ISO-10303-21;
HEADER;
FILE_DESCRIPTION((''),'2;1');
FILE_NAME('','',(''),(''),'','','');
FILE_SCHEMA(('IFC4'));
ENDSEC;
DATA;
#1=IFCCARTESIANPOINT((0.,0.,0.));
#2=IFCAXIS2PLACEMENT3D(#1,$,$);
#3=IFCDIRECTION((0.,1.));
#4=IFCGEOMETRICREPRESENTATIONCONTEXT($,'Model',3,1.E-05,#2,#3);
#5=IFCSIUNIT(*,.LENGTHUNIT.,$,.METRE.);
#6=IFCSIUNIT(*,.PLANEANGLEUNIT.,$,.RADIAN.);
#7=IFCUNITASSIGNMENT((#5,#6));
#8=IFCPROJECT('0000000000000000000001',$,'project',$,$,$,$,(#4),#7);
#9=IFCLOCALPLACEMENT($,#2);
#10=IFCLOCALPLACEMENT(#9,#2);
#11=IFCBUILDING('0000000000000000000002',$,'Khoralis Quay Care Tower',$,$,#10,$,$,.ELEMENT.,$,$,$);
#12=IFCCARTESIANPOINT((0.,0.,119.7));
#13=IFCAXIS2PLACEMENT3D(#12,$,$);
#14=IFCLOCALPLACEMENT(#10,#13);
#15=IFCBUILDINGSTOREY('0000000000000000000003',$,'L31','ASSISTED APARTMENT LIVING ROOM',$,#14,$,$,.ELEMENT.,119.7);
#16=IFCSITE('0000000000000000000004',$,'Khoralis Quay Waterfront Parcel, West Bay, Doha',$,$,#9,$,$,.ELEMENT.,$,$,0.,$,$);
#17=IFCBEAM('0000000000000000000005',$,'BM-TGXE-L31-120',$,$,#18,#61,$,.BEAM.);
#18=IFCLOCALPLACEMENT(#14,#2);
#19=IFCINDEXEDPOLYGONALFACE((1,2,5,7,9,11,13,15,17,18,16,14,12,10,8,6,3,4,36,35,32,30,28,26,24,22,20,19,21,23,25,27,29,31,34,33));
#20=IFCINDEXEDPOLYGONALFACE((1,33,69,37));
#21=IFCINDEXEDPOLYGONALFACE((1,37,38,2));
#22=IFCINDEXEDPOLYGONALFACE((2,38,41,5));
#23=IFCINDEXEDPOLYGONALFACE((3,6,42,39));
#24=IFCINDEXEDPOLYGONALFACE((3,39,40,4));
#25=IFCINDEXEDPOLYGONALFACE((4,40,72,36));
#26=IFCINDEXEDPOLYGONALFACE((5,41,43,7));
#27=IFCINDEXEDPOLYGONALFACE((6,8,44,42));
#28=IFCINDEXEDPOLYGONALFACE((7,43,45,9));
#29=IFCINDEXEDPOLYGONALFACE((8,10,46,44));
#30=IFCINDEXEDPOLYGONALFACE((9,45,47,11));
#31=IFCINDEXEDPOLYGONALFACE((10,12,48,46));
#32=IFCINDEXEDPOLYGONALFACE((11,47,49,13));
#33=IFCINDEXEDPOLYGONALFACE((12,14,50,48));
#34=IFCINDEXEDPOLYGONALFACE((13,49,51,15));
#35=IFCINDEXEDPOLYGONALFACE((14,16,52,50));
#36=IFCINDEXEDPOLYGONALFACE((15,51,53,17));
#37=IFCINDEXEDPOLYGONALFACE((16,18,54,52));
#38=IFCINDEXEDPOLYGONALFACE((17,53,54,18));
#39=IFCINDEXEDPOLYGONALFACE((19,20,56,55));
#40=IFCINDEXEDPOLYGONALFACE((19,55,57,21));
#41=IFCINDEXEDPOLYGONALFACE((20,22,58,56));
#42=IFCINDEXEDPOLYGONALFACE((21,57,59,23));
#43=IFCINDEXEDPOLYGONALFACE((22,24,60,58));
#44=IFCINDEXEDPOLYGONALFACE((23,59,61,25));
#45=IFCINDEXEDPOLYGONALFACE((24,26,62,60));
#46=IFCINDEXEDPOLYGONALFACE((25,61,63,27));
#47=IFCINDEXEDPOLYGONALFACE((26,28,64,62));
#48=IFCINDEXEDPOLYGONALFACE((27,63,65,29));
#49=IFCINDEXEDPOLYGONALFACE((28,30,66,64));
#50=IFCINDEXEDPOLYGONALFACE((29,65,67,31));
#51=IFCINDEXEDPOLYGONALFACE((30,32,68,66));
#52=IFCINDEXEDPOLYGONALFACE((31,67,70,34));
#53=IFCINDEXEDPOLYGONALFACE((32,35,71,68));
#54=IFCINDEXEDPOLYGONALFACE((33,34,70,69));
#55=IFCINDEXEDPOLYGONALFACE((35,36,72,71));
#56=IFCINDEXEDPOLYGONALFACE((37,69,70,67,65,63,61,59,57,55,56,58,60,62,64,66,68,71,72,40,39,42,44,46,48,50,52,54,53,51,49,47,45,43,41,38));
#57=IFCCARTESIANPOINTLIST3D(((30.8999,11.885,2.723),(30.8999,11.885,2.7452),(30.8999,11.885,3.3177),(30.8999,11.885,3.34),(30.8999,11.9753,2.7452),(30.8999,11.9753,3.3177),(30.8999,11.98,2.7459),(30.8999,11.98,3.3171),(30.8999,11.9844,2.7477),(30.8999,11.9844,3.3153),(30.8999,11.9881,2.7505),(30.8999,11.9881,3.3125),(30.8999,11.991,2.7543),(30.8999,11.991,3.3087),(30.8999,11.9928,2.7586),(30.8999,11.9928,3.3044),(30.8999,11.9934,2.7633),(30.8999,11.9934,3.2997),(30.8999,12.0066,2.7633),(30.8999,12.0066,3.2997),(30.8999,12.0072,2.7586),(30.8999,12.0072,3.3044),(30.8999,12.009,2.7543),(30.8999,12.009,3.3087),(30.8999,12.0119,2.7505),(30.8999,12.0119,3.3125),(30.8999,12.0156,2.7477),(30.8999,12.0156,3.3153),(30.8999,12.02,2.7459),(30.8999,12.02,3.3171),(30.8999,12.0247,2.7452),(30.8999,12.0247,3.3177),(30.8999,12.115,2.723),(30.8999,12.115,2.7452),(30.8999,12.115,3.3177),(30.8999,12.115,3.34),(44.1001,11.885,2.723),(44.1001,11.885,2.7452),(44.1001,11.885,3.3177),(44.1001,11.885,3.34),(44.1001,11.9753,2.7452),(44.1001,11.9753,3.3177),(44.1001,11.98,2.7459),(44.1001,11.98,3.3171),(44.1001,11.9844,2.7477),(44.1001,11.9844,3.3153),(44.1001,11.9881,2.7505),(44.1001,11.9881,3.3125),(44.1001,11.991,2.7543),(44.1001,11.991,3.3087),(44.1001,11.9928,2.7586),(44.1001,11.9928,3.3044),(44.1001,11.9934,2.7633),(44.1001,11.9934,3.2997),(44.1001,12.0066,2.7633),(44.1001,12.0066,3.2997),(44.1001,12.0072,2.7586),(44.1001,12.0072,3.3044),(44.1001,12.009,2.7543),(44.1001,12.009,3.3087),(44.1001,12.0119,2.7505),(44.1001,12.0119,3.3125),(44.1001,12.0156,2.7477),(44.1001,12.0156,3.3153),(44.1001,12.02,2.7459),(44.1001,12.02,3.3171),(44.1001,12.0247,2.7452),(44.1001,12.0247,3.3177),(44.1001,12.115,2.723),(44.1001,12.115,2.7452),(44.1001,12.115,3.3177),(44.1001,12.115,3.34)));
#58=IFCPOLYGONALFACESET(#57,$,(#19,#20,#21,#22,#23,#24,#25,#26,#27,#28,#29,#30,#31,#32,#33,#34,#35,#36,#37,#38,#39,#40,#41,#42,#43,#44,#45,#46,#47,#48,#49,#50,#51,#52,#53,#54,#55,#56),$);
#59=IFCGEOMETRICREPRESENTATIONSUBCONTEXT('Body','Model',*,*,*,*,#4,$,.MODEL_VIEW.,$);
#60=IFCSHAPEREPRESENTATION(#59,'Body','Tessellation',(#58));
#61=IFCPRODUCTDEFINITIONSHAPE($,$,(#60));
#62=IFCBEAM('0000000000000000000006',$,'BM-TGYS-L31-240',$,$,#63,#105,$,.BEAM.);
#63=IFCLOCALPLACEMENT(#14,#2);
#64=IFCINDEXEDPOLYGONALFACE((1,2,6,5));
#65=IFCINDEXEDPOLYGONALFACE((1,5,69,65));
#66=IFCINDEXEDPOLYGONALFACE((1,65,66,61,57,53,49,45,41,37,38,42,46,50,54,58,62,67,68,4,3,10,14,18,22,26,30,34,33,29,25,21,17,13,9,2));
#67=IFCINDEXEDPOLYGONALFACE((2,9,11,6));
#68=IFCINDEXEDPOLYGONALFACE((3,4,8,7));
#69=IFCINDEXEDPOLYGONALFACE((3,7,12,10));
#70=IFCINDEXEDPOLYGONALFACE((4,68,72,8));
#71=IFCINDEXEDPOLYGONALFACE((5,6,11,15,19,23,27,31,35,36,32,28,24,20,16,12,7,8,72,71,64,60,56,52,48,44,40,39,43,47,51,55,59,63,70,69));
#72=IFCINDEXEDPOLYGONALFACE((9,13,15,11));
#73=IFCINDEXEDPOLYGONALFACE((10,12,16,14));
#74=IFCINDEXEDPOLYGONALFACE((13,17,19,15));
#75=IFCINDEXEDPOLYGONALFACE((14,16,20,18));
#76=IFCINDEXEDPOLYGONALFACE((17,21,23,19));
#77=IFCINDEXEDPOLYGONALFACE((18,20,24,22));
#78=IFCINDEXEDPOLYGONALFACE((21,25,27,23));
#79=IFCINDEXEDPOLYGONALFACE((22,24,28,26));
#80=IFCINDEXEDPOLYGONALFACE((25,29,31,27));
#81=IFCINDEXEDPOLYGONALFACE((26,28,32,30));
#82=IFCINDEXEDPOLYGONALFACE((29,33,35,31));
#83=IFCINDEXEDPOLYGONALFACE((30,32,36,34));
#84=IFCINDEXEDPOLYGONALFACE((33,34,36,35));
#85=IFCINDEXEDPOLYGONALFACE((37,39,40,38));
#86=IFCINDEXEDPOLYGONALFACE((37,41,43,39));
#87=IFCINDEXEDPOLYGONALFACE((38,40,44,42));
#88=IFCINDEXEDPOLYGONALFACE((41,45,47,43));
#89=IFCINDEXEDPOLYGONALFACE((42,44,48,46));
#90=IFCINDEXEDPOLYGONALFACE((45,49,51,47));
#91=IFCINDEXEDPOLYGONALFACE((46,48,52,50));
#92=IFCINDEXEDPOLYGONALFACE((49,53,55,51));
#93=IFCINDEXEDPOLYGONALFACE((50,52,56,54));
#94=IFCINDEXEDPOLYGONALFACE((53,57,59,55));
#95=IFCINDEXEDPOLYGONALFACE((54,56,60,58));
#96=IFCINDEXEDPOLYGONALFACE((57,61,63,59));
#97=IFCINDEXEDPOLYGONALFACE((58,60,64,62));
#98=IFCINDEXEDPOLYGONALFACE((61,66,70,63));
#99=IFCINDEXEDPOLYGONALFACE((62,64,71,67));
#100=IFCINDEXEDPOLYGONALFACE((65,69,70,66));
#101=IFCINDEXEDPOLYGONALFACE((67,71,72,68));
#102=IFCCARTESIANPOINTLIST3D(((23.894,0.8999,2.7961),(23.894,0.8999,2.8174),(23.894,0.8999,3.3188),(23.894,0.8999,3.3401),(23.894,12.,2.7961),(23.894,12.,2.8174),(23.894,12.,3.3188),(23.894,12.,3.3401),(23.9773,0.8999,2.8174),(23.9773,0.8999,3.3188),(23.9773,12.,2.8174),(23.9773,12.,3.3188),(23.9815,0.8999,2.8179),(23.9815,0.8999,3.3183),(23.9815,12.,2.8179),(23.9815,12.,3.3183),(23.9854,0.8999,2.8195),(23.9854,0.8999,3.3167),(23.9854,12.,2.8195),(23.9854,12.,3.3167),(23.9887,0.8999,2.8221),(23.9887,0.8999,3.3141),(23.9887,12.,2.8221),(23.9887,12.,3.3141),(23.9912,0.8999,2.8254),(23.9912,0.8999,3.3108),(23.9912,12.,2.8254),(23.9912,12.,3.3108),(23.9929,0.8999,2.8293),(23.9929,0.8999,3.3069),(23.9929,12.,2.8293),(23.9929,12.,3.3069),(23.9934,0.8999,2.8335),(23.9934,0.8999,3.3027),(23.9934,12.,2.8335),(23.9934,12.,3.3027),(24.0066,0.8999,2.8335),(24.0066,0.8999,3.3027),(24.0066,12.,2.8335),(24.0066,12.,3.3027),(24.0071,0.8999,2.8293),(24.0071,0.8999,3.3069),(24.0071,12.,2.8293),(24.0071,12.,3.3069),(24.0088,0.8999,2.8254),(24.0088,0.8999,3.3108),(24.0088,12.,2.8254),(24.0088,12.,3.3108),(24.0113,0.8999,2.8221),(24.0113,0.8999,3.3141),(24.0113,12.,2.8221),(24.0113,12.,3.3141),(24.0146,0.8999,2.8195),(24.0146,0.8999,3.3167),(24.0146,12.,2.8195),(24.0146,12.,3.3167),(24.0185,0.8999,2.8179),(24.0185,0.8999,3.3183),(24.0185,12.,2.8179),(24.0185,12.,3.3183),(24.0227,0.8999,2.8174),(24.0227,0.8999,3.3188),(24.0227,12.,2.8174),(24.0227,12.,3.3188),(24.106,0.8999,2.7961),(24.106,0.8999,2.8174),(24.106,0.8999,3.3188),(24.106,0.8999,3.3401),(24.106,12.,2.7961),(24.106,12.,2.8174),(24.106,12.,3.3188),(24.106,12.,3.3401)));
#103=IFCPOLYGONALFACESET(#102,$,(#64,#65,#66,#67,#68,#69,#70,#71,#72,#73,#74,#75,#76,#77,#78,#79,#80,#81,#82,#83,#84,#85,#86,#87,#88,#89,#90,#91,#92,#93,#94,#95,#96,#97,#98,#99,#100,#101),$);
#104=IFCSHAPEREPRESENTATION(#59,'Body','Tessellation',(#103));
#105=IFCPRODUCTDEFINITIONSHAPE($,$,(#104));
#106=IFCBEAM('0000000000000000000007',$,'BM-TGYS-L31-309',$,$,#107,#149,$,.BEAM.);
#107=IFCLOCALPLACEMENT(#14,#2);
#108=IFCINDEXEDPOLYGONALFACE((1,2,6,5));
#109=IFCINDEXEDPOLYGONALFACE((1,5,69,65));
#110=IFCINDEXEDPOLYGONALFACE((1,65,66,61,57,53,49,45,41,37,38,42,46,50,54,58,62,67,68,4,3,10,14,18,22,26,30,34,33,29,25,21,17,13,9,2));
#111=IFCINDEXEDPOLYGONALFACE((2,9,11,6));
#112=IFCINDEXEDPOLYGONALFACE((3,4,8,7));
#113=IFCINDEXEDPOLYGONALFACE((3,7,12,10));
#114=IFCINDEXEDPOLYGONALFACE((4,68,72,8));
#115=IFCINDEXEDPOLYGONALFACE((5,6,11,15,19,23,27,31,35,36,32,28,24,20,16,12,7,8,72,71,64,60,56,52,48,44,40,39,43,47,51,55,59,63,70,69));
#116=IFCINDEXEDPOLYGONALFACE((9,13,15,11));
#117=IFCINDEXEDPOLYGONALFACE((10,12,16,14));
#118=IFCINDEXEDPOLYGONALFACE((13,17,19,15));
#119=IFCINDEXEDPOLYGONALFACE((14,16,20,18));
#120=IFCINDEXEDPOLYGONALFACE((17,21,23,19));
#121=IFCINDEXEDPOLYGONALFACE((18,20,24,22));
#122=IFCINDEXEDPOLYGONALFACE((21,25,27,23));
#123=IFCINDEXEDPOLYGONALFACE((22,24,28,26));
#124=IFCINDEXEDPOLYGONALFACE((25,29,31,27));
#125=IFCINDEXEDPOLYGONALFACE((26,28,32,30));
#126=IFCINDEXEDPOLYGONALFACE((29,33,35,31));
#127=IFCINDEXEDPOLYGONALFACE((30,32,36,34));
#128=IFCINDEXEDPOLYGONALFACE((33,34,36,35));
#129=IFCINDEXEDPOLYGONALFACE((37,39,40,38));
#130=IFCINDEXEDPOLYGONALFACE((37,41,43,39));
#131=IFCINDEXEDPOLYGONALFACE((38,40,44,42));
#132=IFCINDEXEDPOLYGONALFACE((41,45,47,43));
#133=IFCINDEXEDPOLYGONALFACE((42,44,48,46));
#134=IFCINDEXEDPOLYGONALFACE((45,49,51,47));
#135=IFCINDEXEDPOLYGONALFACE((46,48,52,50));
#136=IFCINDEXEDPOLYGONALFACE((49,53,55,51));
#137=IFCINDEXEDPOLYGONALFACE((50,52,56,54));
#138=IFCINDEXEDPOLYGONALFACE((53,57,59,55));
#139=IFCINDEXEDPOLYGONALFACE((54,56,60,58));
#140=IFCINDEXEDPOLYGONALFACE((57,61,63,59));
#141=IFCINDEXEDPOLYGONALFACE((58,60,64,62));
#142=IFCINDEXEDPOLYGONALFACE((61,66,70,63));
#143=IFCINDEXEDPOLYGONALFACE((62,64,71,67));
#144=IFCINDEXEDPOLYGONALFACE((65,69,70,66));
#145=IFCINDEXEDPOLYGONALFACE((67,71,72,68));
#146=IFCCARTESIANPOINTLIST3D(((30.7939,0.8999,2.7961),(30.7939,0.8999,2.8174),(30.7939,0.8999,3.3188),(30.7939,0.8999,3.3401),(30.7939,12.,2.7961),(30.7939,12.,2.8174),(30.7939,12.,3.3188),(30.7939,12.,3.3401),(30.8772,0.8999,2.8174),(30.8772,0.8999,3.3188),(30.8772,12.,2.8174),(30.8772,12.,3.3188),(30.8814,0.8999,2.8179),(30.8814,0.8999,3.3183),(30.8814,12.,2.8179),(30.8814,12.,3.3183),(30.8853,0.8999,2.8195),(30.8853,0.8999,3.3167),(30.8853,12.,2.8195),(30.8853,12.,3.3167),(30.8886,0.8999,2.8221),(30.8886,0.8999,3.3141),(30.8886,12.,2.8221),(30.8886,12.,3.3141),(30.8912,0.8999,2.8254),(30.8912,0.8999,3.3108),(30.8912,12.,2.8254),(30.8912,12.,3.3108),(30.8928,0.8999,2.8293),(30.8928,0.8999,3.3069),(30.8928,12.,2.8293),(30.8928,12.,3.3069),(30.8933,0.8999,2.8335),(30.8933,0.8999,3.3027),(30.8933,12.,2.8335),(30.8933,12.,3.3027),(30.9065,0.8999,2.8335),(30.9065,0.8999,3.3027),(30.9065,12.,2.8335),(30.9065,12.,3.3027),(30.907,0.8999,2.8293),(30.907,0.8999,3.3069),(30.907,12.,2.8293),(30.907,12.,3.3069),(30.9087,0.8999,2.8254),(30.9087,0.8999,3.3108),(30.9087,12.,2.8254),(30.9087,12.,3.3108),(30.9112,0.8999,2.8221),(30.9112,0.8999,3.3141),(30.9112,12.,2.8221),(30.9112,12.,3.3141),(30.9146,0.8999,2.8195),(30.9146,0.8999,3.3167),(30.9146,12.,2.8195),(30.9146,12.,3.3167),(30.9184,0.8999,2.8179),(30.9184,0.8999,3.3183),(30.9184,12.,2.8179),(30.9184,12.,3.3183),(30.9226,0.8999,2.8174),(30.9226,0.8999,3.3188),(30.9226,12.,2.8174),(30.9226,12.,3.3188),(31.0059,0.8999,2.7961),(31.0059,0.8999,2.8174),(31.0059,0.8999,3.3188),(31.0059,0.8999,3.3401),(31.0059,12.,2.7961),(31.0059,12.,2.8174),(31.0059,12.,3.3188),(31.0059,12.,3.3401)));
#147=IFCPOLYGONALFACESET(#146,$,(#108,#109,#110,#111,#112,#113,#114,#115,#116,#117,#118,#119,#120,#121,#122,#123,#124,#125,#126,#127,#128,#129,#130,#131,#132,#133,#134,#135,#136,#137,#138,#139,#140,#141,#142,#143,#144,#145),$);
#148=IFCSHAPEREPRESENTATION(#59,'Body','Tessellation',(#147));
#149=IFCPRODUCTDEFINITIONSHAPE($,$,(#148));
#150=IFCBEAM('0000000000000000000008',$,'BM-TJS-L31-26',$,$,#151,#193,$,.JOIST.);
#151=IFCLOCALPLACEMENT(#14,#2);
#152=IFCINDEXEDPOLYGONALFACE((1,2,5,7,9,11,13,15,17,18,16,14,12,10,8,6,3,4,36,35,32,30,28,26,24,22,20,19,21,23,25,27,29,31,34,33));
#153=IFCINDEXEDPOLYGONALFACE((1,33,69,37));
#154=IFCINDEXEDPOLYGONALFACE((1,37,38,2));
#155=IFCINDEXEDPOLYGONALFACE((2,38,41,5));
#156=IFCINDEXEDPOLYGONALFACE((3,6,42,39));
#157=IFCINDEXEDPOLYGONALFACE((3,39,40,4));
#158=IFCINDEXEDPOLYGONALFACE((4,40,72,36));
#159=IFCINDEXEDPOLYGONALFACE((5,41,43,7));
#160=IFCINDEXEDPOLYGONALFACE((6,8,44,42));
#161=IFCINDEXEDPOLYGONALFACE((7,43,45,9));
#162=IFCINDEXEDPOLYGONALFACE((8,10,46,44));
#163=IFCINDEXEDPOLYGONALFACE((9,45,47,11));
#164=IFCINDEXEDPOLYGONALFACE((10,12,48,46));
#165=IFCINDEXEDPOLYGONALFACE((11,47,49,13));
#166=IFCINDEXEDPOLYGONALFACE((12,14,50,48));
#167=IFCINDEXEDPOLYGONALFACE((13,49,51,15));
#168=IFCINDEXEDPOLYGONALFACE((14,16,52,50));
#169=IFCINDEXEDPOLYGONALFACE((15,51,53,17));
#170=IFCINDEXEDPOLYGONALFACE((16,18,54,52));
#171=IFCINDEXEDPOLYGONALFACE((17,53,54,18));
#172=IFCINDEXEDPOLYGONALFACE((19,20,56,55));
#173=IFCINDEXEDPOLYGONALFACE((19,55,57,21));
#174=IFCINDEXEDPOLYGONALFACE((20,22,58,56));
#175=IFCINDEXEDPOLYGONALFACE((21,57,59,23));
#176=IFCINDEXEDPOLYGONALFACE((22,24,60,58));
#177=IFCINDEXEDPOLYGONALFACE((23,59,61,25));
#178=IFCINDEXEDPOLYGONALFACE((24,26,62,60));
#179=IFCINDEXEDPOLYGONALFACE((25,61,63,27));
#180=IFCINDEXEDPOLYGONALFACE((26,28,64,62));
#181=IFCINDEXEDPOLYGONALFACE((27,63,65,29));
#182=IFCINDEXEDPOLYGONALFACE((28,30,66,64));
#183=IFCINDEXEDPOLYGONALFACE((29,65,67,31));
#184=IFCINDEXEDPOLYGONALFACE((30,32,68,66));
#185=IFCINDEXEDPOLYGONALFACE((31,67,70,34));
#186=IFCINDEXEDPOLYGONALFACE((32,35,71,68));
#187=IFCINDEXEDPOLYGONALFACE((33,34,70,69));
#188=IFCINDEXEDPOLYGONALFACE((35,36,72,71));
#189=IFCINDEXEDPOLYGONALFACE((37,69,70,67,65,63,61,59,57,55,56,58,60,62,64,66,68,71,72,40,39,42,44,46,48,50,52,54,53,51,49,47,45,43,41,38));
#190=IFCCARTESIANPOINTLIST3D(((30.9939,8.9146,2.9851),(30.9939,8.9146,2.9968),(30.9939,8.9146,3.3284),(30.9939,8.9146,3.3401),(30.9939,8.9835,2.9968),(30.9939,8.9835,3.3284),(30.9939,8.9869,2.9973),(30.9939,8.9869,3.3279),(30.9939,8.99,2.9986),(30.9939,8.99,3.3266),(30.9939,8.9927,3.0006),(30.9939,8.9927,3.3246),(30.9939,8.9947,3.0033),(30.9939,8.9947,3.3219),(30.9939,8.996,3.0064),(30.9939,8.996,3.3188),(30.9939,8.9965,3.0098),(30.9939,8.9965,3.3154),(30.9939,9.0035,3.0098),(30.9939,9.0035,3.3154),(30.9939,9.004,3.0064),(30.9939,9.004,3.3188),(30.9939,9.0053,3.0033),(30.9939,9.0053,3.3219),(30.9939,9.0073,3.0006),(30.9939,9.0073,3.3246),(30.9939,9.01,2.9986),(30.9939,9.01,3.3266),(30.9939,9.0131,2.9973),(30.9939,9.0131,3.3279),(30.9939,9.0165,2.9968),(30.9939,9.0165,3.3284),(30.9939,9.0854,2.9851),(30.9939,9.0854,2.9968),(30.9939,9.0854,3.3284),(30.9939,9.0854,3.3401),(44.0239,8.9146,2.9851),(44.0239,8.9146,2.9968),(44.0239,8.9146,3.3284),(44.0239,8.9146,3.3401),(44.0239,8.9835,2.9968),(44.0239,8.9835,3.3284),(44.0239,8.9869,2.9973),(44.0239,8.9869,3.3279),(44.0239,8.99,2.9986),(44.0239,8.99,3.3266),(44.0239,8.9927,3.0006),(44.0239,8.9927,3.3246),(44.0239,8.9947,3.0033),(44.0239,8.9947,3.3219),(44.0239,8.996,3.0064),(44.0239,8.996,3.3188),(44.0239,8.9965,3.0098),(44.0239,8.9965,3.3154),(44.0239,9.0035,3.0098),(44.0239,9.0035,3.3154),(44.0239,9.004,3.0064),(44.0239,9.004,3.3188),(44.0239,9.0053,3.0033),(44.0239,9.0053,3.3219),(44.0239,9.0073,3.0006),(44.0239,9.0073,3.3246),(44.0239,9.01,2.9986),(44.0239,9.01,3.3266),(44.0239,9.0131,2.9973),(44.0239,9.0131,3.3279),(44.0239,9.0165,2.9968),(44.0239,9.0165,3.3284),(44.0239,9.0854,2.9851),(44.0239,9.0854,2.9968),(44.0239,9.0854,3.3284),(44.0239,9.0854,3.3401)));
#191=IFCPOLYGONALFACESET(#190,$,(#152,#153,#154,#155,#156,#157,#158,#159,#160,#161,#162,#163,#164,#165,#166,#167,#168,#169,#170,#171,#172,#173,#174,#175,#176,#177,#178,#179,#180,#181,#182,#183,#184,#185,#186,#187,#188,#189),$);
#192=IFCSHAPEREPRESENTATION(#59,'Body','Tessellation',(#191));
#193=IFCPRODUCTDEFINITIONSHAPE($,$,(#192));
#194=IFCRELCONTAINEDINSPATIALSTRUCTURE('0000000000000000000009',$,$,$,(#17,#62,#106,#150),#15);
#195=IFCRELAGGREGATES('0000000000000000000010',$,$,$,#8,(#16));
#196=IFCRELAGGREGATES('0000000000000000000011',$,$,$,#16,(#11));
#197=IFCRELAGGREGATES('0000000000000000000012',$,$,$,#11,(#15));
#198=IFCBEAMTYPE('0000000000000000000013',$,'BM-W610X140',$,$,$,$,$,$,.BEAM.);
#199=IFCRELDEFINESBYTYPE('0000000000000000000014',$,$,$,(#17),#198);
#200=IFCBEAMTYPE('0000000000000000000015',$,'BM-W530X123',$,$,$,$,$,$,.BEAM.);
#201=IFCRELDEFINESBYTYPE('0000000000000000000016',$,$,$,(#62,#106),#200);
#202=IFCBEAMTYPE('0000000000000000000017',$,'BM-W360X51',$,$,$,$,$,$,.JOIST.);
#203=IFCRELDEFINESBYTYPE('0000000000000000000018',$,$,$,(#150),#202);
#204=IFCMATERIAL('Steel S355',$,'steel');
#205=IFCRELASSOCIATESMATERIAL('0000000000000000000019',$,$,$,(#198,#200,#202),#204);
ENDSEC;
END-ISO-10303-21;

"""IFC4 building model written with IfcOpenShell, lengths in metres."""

from ifc_helpers import new_model, si_unit, direction, frame, origin, origin_2d, place, context, subcontext, project, spatial, i_section, extrude, source, transform, mapped, material, material_profile, profile_set, type_object, element, save


model = new_model("IFC4")

# Units and contexts
model_context = context("Model", 3, precision=1e-05, world=origin(), true_north=direction((0.0, 1.0)))
body_context = subcontext(model_context, "Body", "Model", "MODEL_VIEW")
ifc_project = project(units=[si_unit("LENGTHUNIT", "METRE"), si_unit("PLANEANGLEUNIT", "RADIAN")], contexts=[model_context])

# Site, building, storey
site_placement = place(None, origin())
site = spatial("IfcSite", under=ifc_project, at=site_placement, Name="Khoralis Quay Waterfront Parcel, West Bay, Doha", CompositionType="ELEMENT", RefElevation=0.0)
building_placement = place(site_placement, origin())
building = spatial("IfcBuilding", under=site, at=building_placement, Name="Khoralis Quay Care Tower", CompositionType="ELEMENT")
storey_placement = place(building_placement, frame((0.0, 0.0, 119.7)))
storey = spatial("IfcBuildingStorey", under=building, at=storey_placement, Name="L31", Description="ASSISTED APARTMENT LIVING ROOM", CompositionType="ELEMENT", Elevation=119.7)

# Beams
ifc_material_1 = material(Name="Steel S355", Category="steel")
ifc_material_profile_1 = material_profile(ifc_material_1, i_section(OverallWidth=0.23, OverallDepth=0.6169, WebThickness=0.0132, FlangeThickness=0.0222, FilletRadius=0.0181, at=origin_2d()), Name="Steel S355")
ifc_profile_set_1 = profile_set([ifc_material_profile_1], Name="Steel S355")
beam_type_1 = type_object("IfcBeamType", Name="BM-W610X140", PredefinedType="BEAM", material=ifc_profile_set_1)
shared_shape_1 = source(origin(), body_context, "Body", "SweptSolid", [
    extrude(i_section(OverallWidth=0.23, OverallDepth=0.6169, WebThickness=0.0132, FlangeThickness=0.0222, FilletRadius=0.0181, at=origin_2d()), origin(), (0.0, 0.0, 1.0), 13.2002),
])
beam_1_placement = place(storey_placement, frame((30.8999, 12.0, 3.0315), z_axis=(1.0, 0.0, 0.0), x_axis=(0.0, 1.0, 0.0)))
element("IfcBeam", 1, at=beam_1_placement, inside=storey, type_object=beam_type_1, Name="BM-TGXE-L31-120", PredefinedType="BEAM", context=body_context, shape_type="MappedRepresentation", body=[
    mapped(shared_shape_1, transform((0.0, 0.0, 0.0), scale=1.0)),
])
ifc_material_profile_2 = material_profile(ifc_material_1, i_section(OverallWidth=0.2119, OverallDepth=0.5439, WebThickness=0.0132, FlangeThickness=0.0212, FilletRadius=0.0161, at=origin_2d()), Name="Steel S355")
ifc_profile_set_2 = profile_set([ifc_material_profile_2], Name="Steel S355")
beam_type_2 = type_object("IfcBeamType", Name="BM-W530X123", PredefinedType="BEAM", material=ifc_profile_set_2)
shared_shape_2 = source(origin(), body_context, "Body", "SweptSolid", [
    extrude(i_section(OverallWidth=0.2119, OverallDepth=0.5439, WebThickness=0.0132, FlangeThickness=0.0212, FilletRadius=0.0161, at=origin_2d()), origin(), (0.0, 0.0, 1.0), 11.1001),
])
for number, where, z_axis, x_axis, name in (
    (2, (24.0, 0.8999, 3.0681), (0.0, 1.0, 0.0), (-1.0, 0.0, 0.0), "BM-TGYS-L31-240"),
    (3, (30.8999, 0.8999, 3.0681), (0.0, 1.0, 0.0), (-1.0, 0.0, 0.0), "BM-TGYS-L31-309"),
):
    element("IfcBeam", number, at=place(storey_placement, frame(where, z_axis=z_axis, x_axis=x_axis)), inside=storey, type_object=beam_type_2, Name=name, PredefinedType="BEAM", context=body_context, shape_type="MappedRepresentation", body=[
        mapped(shared_shape_2, transform((0.0, 0.0, 0.0), scale=1.0)),
    ])
ifc_material_profile_3 = material_profile(ifc_material_1, i_section(OverallWidth=0.1709, OverallDepth=0.355, WebThickness=0.0071, FlangeThickness=0.0117, FilletRadius=0.0129, at=origin_2d()), Name="Steel S355")
ifc_profile_set_3 = profile_set([ifc_material_profile_3], Name="Steel S355")
beam_type_3 = type_object("IfcBeamType", Name="BM-W360X51", PredefinedType="JOIST", material=ifc_profile_set_3)
shared_shape_3 = source(origin(), body_context, "Body", "SweptSolid", [
    extrude(i_section(OverallWidth=0.1709, OverallDepth=0.355, WebThickness=0.0071, FlangeThickness=0.0117, FilletRadius=0.0129, at=origin_2d()), origin(), (0.0, 0.0, 1.0), 13.03),
])
beam_2_placement = place(storey_placement, frame((30.9939, 9.0, 3.1626), z_axis=(1.0, 0.0, 0.0), x_axis=(0.0, 1.0, 0.0)))
element("IfcBeam", 4, at=beam_2_placement, inside=storey, type_object=beam_type_3, Name="BM-TJS-L31-26", PredefinedType="JOIST", context=body_context, shape_type="MappedRepresentation", body=[
    mapped(shared_shape_3, transform((0.0, 0.0, 0.0), scale=1.0)),
])

save(model, "model.ifc")
